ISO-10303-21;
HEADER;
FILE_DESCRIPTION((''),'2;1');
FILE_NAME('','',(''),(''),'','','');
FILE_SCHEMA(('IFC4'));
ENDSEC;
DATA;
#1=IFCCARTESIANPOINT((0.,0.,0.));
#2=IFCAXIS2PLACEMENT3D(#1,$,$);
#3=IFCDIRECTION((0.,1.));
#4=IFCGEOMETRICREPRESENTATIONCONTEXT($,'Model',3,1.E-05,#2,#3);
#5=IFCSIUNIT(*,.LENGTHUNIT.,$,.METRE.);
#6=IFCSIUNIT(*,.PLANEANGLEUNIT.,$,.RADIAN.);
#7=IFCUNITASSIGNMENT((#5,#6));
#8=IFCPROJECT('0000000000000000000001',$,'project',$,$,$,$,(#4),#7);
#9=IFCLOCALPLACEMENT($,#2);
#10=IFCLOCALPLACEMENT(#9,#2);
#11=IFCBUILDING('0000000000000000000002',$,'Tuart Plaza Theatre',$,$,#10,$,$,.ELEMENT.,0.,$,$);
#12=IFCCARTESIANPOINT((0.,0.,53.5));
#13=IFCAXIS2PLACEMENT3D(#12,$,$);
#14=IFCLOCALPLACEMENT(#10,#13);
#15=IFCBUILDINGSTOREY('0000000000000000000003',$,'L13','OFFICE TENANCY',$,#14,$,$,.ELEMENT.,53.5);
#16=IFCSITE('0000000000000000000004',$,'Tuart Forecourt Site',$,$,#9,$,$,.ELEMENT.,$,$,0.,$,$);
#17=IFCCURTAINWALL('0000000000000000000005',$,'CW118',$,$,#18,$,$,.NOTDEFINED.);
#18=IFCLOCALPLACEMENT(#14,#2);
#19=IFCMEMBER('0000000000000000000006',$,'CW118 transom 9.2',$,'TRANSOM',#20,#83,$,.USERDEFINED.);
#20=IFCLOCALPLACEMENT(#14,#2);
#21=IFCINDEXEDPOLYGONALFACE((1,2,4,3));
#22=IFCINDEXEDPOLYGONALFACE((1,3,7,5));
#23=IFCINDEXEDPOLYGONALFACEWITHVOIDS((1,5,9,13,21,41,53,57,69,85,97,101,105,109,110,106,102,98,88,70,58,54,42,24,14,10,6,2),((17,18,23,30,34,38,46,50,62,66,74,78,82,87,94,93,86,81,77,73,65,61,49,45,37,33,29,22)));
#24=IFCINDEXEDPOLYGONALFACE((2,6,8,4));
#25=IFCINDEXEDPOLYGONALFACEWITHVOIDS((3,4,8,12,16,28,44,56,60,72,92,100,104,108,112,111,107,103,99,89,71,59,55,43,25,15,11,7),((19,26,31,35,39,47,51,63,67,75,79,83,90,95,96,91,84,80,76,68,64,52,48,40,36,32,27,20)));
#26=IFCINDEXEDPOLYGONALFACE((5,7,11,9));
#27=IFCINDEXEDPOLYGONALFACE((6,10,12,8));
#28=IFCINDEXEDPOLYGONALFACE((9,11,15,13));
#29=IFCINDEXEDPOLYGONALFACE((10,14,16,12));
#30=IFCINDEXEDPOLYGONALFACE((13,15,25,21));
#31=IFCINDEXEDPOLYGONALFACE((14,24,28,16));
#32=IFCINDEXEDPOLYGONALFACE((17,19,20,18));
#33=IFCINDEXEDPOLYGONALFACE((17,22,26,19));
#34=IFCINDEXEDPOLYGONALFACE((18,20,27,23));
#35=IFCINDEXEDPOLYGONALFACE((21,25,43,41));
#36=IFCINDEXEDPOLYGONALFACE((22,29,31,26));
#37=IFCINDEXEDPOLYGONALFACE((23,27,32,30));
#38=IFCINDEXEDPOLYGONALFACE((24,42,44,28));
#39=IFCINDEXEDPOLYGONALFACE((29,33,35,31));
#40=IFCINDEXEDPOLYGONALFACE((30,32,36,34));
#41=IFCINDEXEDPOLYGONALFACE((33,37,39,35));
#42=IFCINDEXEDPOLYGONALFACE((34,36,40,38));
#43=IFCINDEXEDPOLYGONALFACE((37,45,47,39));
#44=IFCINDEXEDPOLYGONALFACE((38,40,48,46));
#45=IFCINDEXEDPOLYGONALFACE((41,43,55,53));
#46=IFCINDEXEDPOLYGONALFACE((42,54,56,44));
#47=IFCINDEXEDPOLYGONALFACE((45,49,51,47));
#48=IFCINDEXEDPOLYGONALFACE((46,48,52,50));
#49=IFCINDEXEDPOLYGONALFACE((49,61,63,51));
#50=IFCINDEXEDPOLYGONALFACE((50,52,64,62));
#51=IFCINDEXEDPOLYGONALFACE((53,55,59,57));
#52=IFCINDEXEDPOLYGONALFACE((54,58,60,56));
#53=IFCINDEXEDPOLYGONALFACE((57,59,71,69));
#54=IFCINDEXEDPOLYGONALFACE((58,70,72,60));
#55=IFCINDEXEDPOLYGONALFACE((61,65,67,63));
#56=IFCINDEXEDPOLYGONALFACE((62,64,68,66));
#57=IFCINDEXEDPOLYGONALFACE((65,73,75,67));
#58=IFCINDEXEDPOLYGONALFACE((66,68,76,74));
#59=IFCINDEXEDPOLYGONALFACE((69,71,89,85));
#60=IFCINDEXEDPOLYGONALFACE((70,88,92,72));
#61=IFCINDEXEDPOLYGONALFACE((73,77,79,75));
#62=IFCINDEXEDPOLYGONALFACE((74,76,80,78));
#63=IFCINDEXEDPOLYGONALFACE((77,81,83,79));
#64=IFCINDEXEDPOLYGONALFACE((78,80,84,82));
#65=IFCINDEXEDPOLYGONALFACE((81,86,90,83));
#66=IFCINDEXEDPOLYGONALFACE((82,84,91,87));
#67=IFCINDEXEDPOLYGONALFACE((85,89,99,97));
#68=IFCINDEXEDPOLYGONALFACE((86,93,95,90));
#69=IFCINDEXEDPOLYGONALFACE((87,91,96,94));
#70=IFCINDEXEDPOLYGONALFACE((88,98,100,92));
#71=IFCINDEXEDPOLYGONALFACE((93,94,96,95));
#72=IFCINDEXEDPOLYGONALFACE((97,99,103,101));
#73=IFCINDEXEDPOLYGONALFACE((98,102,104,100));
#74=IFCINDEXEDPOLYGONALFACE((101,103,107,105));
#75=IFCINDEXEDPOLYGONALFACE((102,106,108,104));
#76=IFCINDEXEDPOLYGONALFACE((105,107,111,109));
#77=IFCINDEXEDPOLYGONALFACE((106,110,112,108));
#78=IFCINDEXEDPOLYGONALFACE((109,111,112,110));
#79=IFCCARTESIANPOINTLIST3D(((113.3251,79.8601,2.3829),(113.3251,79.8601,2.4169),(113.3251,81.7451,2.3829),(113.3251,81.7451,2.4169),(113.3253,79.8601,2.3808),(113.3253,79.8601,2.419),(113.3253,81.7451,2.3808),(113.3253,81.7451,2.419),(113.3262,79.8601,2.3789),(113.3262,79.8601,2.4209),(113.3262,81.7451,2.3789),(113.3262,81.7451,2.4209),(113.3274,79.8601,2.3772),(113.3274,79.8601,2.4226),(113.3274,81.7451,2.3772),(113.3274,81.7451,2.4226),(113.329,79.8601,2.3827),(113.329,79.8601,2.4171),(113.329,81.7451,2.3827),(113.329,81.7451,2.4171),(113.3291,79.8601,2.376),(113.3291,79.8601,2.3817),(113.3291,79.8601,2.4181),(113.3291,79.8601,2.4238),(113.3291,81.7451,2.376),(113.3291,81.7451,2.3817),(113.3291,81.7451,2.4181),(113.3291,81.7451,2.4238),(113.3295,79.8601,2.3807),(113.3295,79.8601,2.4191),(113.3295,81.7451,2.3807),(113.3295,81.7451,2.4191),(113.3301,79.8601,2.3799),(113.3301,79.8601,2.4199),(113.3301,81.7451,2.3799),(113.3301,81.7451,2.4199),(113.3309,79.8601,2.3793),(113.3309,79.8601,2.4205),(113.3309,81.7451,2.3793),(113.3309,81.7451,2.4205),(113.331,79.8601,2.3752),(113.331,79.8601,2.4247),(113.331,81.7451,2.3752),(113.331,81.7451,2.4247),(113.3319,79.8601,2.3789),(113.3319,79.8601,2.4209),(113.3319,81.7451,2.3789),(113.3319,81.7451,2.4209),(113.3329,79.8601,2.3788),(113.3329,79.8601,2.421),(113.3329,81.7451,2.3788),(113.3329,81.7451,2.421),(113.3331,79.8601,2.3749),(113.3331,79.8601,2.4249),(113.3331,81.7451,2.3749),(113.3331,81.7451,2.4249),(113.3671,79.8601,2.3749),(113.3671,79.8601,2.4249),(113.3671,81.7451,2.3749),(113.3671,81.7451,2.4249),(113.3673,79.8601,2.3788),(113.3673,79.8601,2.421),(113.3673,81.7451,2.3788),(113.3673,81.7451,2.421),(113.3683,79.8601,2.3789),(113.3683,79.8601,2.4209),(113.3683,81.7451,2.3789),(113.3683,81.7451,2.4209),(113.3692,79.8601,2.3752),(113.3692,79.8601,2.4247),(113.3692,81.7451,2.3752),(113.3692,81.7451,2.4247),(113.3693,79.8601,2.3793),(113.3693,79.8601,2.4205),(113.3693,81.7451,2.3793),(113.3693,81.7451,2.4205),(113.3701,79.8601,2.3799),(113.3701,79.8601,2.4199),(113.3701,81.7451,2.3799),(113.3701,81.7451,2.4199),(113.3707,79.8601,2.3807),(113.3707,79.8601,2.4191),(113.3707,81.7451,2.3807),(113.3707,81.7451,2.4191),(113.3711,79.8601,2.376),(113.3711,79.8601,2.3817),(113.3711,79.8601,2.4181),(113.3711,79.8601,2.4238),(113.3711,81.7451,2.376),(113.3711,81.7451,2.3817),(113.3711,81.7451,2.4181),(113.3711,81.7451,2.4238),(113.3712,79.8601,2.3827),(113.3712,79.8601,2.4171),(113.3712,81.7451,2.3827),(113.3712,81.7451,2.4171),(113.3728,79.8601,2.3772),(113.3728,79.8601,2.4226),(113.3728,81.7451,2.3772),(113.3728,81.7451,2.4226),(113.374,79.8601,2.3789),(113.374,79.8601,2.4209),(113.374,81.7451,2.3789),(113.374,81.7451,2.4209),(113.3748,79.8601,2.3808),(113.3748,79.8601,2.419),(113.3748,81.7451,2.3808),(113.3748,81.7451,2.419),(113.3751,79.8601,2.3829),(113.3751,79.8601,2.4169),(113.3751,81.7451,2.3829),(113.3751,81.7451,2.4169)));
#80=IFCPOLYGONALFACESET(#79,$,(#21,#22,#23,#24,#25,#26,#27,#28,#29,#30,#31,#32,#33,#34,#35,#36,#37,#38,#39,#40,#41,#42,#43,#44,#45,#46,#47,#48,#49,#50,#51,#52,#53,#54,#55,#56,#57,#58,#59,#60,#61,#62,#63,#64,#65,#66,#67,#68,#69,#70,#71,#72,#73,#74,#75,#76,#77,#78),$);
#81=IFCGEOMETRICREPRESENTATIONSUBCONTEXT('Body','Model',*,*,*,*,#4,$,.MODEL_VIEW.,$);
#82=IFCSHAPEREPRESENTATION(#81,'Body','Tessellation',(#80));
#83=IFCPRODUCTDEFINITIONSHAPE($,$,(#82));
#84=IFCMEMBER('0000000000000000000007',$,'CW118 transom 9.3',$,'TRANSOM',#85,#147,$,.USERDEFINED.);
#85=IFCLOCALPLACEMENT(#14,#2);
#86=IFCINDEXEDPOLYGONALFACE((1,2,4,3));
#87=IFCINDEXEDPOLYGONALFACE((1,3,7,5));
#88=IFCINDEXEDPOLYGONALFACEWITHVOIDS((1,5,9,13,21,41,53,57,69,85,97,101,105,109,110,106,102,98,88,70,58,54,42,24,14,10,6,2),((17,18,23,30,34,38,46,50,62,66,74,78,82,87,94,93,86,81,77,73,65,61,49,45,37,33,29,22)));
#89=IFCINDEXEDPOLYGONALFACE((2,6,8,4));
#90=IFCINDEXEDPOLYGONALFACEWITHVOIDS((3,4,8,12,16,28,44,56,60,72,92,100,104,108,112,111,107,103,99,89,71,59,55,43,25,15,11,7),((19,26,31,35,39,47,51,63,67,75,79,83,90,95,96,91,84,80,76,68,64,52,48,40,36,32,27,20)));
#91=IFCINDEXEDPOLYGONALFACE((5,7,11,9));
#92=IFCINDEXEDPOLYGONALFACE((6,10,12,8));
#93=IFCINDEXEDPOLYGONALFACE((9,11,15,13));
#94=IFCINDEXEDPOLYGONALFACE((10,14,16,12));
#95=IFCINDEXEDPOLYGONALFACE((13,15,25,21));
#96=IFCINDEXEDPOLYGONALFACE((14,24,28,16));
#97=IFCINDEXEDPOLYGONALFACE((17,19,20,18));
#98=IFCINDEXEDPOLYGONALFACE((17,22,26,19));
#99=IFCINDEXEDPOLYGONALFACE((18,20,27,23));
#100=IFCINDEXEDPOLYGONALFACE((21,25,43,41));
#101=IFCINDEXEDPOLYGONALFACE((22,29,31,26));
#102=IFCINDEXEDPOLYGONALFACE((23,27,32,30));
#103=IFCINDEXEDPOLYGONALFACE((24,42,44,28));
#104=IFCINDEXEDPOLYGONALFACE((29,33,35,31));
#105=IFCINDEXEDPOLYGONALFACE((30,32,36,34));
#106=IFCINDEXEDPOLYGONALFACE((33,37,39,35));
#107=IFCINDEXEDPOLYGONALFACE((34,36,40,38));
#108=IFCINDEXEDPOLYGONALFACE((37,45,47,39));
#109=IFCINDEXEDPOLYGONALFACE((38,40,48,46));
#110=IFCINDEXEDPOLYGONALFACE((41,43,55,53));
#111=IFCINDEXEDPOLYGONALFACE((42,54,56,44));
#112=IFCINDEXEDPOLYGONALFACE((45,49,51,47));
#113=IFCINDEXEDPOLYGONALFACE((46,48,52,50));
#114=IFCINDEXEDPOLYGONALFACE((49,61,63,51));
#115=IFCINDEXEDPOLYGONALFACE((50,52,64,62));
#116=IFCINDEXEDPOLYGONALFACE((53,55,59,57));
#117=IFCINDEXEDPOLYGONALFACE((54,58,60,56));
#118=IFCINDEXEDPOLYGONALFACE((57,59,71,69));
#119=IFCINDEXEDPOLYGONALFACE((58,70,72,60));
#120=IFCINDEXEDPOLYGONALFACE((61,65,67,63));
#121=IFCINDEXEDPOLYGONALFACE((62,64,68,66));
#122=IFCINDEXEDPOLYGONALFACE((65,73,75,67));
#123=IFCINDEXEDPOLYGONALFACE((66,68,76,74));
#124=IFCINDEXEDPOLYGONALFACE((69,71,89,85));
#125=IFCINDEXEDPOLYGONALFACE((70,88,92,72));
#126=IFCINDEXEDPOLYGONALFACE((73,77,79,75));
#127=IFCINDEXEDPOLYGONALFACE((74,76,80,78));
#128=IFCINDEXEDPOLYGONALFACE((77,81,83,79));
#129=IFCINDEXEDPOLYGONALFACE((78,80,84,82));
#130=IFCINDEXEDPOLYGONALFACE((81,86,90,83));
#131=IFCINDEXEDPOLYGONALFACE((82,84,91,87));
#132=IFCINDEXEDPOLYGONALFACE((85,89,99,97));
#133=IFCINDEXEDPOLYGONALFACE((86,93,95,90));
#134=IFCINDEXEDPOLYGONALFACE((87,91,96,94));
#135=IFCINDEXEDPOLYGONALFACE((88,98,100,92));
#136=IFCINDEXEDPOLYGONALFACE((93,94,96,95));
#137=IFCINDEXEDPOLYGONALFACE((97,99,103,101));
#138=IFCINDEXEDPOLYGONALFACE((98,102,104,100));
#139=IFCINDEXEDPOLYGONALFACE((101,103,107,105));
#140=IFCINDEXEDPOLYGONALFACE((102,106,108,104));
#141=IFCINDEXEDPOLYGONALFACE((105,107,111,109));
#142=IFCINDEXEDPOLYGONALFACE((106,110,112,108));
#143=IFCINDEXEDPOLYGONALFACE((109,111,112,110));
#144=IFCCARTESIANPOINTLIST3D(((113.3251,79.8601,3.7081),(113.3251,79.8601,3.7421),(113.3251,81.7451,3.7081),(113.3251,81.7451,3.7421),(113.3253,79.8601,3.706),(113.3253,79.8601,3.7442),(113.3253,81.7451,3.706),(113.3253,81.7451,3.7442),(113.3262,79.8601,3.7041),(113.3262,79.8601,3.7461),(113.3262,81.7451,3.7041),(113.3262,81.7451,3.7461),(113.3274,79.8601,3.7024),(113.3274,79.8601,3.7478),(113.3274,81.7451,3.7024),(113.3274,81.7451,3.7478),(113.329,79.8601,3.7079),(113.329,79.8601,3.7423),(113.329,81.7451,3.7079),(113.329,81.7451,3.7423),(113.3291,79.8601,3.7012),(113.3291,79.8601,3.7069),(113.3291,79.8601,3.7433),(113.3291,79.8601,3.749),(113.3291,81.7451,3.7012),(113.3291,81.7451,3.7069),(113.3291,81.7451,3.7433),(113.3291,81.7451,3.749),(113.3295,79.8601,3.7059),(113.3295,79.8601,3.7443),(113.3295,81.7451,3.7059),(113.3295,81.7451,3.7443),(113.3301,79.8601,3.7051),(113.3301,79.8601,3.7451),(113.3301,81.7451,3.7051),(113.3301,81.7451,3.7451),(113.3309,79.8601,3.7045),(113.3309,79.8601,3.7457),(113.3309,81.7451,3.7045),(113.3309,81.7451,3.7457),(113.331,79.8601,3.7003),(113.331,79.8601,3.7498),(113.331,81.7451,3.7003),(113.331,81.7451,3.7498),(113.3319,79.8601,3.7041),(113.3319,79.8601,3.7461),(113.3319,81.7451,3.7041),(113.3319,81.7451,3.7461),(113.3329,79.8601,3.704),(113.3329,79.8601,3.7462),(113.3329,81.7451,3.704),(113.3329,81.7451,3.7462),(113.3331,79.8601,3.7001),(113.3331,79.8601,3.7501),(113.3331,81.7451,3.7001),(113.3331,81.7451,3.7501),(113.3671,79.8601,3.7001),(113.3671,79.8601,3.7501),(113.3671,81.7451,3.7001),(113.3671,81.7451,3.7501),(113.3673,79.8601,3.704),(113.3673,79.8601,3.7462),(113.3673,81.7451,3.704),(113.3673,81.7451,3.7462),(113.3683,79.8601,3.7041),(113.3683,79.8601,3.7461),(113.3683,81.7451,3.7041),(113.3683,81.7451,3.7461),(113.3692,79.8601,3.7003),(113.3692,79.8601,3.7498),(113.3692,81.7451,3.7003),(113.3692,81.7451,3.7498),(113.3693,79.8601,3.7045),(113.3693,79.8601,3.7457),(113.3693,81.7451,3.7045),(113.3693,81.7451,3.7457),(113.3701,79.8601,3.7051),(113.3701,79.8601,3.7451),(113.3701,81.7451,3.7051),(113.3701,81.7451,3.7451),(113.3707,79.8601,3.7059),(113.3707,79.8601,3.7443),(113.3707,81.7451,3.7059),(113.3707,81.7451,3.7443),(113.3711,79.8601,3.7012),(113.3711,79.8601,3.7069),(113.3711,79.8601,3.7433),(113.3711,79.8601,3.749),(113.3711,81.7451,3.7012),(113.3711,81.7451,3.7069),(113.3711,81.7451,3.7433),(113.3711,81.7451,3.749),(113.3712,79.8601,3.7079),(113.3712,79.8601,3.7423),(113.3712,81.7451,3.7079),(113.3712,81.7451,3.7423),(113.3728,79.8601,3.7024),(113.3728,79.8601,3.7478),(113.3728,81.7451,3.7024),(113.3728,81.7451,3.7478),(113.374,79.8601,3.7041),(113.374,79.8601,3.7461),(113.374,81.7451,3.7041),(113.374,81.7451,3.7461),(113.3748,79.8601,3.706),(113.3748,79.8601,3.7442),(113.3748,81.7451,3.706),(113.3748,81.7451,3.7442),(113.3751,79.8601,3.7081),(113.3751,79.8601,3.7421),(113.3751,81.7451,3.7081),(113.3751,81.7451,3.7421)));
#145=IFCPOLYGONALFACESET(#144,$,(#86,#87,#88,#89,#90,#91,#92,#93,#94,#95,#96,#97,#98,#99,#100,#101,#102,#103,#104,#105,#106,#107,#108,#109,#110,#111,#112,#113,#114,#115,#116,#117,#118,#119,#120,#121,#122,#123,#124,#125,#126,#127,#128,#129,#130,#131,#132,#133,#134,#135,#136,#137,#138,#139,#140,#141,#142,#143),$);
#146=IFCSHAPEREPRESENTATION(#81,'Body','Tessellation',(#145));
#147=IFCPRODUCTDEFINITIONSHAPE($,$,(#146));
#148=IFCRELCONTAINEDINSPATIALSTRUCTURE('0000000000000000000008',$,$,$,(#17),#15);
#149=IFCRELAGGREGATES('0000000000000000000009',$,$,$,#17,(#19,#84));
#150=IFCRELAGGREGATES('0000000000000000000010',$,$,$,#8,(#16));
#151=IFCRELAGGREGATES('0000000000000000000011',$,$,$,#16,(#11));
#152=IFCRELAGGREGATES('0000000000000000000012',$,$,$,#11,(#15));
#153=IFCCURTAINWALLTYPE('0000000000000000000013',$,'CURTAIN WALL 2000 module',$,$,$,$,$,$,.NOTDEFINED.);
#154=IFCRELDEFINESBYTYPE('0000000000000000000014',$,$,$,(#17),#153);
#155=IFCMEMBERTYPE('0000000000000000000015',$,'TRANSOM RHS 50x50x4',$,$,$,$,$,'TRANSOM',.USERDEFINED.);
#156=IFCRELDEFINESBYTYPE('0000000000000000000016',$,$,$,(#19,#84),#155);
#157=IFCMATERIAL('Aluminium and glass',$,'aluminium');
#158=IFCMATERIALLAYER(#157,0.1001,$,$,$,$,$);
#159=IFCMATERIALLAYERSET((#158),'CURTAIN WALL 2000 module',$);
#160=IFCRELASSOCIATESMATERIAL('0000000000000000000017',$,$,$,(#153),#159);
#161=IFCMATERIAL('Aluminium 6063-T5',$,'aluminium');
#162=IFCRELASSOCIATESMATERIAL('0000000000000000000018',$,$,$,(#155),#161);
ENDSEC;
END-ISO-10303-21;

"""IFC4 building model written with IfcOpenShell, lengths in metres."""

from ifc_helpers import new_model, si_unit, direction, frame, origin, origin_2d, place, context, subcontext, project, spatial, hollow_rectangle, extrude, material, layer, layer_set, material_profile, profile_set, type_object, element, aggregate, save


model = new_model("IFC4")

# Units and contexts
model_context = context("Model", 3, precision=1e-05, world=origin(), true_north=direction((0.0, 1.0)))
body_context = subcontext(model_context, "Body", "Model", "MODEL_VIEW")
ifc_project = project(units=[si_unit("LENGTHUNIT", "METRE"), si_unit("PLANEANGLEUNIT", "RADIAN")], contexts=[model_context])

# Site, building, storey
site_placement = place(None, origin())
site = spatial("IfcSite", under=ifc_project, at=site_placement, Name="Tuart Forecourt Site", CompositionType="ELEMENT", RefElevation=0.0)
building_placement = place(site_placement, origin())
building = spatial("IfcBuilding", under=site, at=building_placement, Name="Tuart Plaza Theatre", CompositionType="ELEMENT", ElevationOfRefHeight=0.0)
storey_placement = place(building_placement, frame((0.0, 0.0, 53.5)))
storey = spatial("IfcBuildingStorey", under=building, at=storey_placement, Name="L13", Description="OFFICE TENANCY", CompositionType="ELEMENT", Elevation=53.5)

# Curtain wall, members
ifc_material_1 = material(Name="Aluminium and glass", Category="aluminium")
ifc_layer_1 = layer(ifc_material_1, 0.1001)
ifc_layer_set_1 = layer_set([ifc_layer_1], Name="CURTAIN WALL 2000 module")
curtain_wall_type = type_object("IfcCurtainWallType", Name="CURTAIN WALL 2000 module", PredefinedType="NOTDEFINED", material=ifc_layer_set_1)
curtain_wall_1_placement = place(storey_placement, origin())
curtain_wall_1 = element("IfcCurtainWall", 1, at=curtain_wall_1_placement, inside=storey, type_object=curtain_wall_type, Name="CW118", PredefinedType="NOTDEFINED")
ifc_material_2 = material(Name="Aluminium 6063-T5", Category="aluminium")
ifc_material_profile_1 = material_profile(ifc_material_2, hollow_rectangle(XDim=0.05, YDim=0.05, WallThickness=0.0039, InnerFilletRadius=0.0039, OuterFilletRadius=0.0081, at=origin_2d()), Name="RHS 50x50x4")
ifc_profile_set_1 = profile_set([ifc_material_profile_1], Name="Aluminium 6063-T5")
member_type_1 = type_object("IfcMemberType", Name="TRANSOM RHS 50x50x4", ElementType="TRANSOM", PredefinedType="USERDEFINED", material=ifc_profile_set_1)
member_1_placement = place(storey_placement, frame((113.3501, 81.7451, 2.3999), z_axis=(0.0, -1.0, 0.0), x_axis=(1.0, 0.0, 0.0)))
member_1 = element("IfcMember", 2, at=member_1_placement, type_object=member_type_1, Name="CW118 transom 9.2", ObjectType="TRANSOM", PredefinedType="USERDEFINED", context=body_context, shape_type="SweptSolid", body=[
    extrude(hollow_rectangle(XDim=0.05, YDim=0.05, WallThickness=0.0039, InnerFilletRadius=0.0039, OuterFilletRadius=0.0081, at=origin_2d()), origin(), (0.0, 0.0, 1.0), 1.885),
])
member_2_placement = place(storey_placement, frame((113.3501, 81.7451, 3.7251), z_axis=(0.0, -1.0, 0.0), x_axis=(1.0, 0.0, 0.0)))
member_2 = element("IfcMember", 3, at=member_2_placement, type_object=member_type_1, Name="CW118 transom 9.3", ObjectType="TRANSOM", PredefinedType="USERDEFINED", context=body_context, shape_type="SweptSolid", body=[
    extrude(hollow_rectangle(XDim=0.05, YDim=0.05, WallThickness=0.0039, InnerFilletRadius=0.0039, OuterFilletRadius=0.0081, at=origin_2d()), origin(), (0.0, 0.0, 1.0), 1.885),
])

aggregate(curtain_wall_1, [member_1, member_2])

save(model, "model.ifc")
